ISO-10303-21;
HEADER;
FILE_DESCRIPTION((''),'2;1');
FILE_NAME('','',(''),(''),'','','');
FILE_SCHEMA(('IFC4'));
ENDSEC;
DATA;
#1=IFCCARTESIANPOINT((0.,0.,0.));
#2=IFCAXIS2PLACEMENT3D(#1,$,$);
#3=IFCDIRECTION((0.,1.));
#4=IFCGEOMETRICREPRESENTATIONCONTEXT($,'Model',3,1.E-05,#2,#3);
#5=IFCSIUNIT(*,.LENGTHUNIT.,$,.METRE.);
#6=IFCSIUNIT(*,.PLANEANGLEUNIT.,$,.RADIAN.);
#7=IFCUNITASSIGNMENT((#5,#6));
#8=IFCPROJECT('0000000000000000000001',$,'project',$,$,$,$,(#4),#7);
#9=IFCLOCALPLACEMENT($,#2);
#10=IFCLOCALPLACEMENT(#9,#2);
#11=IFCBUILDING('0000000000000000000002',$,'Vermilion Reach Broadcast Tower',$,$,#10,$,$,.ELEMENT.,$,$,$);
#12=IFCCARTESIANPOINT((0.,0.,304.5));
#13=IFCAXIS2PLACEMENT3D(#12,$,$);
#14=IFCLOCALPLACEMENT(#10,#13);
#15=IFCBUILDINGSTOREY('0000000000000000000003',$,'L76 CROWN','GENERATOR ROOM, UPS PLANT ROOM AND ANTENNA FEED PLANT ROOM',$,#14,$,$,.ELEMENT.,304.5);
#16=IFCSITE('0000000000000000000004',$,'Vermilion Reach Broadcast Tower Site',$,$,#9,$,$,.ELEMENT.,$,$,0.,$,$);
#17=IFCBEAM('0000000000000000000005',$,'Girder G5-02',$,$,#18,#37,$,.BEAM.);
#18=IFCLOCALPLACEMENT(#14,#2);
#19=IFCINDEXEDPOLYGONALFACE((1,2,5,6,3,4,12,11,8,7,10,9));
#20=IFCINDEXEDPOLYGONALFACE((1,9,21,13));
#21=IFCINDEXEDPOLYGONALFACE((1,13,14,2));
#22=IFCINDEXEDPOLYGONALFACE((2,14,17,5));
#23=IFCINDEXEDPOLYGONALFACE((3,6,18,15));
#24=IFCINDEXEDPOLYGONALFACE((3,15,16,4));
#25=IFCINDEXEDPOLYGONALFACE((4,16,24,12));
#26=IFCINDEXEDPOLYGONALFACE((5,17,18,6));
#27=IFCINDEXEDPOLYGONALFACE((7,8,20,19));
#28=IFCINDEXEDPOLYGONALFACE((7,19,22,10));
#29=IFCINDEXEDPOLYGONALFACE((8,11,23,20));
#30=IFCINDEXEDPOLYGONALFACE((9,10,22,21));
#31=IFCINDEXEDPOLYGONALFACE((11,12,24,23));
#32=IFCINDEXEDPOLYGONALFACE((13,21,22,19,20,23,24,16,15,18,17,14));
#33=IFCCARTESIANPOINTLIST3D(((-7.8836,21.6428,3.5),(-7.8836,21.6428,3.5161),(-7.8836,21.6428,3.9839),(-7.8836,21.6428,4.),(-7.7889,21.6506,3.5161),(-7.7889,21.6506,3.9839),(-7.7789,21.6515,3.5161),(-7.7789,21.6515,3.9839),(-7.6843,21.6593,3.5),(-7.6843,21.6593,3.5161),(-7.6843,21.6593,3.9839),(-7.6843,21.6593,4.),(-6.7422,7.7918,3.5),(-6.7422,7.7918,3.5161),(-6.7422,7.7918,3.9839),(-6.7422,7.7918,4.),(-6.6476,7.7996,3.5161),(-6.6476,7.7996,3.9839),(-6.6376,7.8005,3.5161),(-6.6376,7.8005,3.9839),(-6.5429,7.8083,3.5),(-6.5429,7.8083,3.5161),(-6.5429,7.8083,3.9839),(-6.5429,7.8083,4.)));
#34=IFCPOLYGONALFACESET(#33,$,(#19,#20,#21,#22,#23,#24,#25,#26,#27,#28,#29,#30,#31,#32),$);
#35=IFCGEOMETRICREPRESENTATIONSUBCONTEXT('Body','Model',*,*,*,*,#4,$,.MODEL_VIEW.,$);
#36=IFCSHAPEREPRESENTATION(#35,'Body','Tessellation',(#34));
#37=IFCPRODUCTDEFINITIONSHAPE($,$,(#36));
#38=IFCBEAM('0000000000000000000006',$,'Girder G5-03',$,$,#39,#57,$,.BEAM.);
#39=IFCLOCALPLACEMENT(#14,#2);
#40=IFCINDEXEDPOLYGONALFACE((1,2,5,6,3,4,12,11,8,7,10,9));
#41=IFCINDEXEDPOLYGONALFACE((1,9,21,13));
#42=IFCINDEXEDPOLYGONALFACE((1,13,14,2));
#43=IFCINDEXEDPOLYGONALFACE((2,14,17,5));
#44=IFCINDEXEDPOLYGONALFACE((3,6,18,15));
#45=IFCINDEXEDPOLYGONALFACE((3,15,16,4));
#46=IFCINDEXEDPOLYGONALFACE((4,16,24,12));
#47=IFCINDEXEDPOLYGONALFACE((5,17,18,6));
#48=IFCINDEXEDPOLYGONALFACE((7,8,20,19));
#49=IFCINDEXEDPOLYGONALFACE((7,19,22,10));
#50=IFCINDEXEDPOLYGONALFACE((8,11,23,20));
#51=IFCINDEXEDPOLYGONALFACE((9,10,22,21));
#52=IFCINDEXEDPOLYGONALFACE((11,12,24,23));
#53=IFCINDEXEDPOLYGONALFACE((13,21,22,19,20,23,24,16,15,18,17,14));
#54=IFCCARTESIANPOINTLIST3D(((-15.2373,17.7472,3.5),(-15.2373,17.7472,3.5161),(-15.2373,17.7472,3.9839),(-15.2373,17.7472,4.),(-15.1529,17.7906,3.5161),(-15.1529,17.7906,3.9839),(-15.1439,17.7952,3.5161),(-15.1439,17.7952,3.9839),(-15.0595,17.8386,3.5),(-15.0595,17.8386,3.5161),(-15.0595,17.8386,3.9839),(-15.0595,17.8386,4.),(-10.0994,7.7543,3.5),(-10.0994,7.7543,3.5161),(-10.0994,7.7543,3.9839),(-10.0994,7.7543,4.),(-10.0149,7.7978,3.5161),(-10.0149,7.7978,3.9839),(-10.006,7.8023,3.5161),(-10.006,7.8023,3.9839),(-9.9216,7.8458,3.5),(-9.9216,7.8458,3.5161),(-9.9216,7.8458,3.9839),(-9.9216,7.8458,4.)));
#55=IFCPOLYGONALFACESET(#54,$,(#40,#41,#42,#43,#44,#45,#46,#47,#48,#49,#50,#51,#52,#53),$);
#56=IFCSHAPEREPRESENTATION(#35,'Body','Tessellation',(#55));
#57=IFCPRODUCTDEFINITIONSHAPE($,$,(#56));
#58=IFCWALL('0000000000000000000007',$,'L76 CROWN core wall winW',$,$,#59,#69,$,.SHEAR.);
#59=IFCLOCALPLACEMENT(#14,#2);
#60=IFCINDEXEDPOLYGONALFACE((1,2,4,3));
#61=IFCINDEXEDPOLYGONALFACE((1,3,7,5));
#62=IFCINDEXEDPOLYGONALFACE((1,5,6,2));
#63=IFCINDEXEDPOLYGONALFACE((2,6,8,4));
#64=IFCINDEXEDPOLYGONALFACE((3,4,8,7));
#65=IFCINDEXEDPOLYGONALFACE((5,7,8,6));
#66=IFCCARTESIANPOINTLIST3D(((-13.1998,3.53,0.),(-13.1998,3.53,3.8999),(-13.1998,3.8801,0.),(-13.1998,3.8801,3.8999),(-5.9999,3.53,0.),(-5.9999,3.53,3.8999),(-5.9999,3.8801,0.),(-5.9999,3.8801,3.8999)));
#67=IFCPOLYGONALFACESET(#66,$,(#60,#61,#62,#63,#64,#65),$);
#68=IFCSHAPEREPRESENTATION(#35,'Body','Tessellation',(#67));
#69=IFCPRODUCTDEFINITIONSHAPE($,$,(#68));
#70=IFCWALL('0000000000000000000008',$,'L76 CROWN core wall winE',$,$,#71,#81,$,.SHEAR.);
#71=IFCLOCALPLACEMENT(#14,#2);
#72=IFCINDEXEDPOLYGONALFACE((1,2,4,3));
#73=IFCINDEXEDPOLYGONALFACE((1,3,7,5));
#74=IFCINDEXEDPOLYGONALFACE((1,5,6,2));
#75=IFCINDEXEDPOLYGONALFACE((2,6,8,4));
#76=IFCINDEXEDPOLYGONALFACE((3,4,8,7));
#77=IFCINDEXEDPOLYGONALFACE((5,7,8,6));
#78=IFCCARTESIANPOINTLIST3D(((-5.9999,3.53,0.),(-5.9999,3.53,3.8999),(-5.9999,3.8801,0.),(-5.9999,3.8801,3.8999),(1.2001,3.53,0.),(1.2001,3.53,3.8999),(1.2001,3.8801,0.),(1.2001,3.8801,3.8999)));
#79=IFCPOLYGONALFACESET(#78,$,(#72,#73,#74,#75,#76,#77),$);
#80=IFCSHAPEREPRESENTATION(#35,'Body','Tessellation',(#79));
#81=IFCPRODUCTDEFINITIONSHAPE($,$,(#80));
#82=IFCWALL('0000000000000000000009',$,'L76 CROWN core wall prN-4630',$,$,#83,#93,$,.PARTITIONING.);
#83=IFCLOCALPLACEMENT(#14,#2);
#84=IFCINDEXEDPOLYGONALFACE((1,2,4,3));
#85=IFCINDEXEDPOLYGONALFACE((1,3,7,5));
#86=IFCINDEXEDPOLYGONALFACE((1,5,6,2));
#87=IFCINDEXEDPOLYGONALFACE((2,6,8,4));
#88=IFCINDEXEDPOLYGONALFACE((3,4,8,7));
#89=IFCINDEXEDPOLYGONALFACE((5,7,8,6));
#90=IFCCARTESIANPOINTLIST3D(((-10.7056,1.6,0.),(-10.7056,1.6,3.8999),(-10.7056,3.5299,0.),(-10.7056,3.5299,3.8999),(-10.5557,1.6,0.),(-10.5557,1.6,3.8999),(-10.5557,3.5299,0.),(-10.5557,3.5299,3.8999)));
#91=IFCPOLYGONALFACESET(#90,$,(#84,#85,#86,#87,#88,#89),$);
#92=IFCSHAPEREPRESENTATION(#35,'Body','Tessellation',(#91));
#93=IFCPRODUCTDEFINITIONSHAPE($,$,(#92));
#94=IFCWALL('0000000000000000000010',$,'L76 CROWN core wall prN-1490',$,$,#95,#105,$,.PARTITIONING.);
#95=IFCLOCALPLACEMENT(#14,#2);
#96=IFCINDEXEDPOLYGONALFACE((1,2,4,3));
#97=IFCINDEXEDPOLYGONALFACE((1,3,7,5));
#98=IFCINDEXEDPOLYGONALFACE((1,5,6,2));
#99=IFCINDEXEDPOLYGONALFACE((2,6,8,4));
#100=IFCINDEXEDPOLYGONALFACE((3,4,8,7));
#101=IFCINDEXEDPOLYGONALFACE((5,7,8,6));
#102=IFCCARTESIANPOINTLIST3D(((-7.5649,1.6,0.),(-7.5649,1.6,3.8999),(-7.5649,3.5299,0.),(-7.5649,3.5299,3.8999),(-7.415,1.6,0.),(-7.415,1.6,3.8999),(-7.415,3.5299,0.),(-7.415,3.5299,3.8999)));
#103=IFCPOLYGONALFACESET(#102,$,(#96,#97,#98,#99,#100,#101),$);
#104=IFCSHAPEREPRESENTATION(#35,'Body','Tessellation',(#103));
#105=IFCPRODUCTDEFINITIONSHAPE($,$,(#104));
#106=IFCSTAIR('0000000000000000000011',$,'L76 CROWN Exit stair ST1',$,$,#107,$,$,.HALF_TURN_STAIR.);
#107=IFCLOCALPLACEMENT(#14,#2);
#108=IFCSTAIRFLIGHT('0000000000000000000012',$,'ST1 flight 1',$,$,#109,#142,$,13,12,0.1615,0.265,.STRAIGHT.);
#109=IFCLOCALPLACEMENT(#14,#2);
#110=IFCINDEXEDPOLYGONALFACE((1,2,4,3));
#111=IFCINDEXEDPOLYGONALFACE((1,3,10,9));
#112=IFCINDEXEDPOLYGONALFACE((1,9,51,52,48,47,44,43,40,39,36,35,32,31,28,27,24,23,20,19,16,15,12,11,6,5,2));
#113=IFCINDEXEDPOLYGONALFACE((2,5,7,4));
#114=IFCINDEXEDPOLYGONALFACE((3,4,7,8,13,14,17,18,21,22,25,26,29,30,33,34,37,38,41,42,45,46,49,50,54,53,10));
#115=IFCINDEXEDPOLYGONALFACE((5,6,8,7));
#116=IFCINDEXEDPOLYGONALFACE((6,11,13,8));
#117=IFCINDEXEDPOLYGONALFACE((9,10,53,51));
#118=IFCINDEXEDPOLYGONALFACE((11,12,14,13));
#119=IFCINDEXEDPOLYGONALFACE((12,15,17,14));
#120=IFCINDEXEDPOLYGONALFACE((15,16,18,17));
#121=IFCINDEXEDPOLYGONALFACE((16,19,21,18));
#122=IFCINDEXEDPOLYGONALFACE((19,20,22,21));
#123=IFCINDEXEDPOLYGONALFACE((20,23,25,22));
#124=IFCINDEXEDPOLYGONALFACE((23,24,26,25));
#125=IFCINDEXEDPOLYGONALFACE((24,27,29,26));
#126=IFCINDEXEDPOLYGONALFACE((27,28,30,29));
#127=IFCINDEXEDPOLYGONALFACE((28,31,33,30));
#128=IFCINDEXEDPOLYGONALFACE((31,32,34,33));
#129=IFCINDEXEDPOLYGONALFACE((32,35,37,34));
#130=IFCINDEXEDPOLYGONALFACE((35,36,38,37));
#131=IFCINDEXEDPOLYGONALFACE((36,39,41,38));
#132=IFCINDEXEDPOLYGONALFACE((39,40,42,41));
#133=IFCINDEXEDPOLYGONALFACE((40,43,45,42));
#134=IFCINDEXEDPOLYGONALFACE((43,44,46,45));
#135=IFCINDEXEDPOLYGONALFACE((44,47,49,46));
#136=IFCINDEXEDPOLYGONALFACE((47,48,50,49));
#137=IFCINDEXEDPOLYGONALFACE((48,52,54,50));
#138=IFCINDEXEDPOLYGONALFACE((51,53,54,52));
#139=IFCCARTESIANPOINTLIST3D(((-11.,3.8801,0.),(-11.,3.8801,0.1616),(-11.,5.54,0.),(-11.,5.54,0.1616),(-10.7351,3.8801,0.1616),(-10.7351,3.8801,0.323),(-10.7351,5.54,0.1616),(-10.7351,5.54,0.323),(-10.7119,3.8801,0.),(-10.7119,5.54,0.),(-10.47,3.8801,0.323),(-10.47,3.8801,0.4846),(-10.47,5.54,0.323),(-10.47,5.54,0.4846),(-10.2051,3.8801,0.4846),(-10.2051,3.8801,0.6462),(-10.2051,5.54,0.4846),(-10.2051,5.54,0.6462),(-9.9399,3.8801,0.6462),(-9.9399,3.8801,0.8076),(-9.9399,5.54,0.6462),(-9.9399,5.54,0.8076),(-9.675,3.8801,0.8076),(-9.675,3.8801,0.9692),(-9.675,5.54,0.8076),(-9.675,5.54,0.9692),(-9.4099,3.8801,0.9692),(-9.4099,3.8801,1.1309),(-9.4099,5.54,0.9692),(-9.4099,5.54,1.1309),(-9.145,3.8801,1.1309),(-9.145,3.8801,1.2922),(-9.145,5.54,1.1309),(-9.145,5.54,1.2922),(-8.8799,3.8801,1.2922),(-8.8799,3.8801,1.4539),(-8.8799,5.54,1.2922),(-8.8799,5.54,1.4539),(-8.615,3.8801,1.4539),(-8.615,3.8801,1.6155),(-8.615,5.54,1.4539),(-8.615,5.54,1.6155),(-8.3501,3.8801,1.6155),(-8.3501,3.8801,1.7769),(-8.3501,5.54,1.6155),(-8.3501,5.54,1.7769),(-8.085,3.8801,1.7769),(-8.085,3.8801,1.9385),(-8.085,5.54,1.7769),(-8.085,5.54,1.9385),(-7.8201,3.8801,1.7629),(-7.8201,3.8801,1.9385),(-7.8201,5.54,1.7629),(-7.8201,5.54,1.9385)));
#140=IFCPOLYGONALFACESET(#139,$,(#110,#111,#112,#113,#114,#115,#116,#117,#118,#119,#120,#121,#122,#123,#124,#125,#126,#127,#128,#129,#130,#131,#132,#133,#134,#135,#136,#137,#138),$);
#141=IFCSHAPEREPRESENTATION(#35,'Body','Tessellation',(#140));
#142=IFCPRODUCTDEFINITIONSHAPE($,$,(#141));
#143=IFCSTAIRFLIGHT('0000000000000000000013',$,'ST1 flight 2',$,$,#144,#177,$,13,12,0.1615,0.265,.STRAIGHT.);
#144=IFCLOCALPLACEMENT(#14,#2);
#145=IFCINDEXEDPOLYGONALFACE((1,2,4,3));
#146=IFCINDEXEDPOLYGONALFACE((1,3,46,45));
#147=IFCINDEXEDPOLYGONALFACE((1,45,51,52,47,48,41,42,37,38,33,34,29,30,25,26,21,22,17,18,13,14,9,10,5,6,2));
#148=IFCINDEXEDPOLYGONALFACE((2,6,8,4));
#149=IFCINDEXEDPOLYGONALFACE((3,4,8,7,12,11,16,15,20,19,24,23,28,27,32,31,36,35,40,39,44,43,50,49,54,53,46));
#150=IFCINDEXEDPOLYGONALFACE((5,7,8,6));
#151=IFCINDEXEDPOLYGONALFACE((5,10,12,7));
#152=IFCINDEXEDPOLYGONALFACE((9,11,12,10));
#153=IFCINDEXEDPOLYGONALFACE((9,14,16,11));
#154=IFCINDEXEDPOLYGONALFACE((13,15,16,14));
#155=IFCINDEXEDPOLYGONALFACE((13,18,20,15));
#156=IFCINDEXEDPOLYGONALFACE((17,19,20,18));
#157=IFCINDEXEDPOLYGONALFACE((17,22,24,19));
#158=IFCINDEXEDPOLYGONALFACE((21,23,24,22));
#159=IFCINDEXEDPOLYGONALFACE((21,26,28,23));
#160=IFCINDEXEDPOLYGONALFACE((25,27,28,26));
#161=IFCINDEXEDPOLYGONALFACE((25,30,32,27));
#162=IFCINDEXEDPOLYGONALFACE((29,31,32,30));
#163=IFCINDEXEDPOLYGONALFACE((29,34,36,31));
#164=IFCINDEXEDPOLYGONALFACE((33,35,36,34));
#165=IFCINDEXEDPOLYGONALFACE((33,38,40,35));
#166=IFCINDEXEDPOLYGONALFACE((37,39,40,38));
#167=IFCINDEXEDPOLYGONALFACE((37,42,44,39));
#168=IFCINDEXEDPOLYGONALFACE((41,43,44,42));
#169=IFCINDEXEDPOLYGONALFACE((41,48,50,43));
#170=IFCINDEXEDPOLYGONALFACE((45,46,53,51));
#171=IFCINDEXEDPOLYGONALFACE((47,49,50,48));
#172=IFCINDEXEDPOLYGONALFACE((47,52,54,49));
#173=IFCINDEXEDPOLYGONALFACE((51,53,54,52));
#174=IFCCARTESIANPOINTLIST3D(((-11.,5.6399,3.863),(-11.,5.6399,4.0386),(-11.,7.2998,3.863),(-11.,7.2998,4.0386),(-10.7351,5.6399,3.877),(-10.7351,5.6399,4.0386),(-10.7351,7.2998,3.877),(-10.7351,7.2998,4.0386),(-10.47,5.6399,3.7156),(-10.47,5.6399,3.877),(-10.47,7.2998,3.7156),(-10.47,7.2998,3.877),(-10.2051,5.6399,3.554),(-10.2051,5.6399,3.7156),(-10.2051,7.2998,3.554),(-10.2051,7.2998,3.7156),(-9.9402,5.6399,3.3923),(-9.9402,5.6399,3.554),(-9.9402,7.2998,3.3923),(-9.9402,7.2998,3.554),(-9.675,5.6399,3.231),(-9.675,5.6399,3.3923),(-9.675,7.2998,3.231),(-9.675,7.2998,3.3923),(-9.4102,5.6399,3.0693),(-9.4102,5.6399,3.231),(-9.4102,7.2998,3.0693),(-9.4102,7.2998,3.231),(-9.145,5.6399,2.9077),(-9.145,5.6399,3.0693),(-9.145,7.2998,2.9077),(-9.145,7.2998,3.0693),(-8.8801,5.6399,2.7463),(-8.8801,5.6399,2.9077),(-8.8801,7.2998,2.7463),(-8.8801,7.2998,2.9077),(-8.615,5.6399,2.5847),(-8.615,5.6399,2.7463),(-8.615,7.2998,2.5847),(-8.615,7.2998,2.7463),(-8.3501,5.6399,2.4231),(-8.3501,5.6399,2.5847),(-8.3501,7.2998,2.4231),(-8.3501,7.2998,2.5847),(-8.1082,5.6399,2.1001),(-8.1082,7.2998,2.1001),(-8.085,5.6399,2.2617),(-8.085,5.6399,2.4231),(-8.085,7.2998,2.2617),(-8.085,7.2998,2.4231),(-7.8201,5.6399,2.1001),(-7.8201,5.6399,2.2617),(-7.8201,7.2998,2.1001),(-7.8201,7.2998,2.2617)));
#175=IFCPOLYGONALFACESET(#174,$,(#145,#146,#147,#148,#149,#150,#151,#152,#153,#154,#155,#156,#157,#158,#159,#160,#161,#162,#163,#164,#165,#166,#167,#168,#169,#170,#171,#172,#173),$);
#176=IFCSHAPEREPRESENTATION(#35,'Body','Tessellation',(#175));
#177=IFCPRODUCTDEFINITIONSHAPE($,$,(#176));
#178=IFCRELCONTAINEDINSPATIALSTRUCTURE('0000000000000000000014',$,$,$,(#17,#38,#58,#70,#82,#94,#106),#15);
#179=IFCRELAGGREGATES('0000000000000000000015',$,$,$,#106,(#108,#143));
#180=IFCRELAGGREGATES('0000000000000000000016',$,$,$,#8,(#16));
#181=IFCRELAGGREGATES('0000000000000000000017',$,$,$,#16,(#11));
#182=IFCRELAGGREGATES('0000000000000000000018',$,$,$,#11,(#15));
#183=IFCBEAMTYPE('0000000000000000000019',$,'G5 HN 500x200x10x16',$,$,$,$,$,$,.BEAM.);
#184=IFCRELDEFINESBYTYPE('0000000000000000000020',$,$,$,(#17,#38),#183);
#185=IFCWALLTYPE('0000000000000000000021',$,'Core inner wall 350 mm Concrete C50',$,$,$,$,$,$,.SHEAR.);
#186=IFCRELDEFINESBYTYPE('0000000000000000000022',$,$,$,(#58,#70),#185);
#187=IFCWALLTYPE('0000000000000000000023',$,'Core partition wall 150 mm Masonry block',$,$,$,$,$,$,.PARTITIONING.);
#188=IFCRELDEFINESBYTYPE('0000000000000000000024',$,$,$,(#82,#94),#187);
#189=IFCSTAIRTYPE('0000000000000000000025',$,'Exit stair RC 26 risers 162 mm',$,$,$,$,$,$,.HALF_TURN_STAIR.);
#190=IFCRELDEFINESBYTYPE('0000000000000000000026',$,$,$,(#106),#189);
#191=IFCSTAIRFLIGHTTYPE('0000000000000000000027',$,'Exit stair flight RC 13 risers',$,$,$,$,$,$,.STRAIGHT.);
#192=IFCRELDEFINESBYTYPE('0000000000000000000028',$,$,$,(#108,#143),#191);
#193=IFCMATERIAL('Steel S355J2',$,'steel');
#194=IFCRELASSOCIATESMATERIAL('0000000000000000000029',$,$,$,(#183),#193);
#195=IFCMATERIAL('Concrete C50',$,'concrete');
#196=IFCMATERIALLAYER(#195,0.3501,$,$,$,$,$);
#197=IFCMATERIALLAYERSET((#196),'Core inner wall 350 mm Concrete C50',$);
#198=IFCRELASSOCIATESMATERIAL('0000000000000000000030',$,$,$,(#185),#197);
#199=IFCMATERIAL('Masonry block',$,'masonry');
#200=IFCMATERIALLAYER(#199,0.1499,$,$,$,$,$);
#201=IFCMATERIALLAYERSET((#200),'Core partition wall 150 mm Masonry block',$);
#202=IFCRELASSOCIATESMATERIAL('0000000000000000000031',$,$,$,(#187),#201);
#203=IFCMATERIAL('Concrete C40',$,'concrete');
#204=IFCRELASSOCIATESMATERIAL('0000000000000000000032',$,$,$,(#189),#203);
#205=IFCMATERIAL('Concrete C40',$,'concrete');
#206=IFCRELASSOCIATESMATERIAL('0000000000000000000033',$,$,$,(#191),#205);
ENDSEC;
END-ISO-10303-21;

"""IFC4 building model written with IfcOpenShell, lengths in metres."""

from ifc_helpers import new_model, si_unit, direction, frame, frame_2d, origin, origin_2d, place, context, subcontext, project, spatial, polyline, rectangle, i_section, outline, extrude, material, layer, layer_set, material_profile, profile_set, type_object, element, aggregate, save


model = new_model("IFC4")

# Units and contexts
model_context = context("Model", 3, precision=1e-05, world=origin(), true_north=direction((0.0, 1.0)))
body_context = subcontext(model_context, "Body", "Model", "MODEL_VIEW")
ifc_project = project(units=[si_unit("LENGTHUNIT", "METRE"), si_unit("PLANEANGLEUNIT", "RADIAN")], contexts=[model_context])

# Site, building, storey
site_placement = place(None, origin())
site = spatial("IfcSite", under=ifc_project, at=site_placement, Name="Vermilion Reach Broadcast Tower Site", CompositionType="ELEMENT", RefElevation=0.0)
building_placement = place(site_placement, origin())
building = spatial("IfcBuilding", under=site, at=building_placement, Name="Vermilion Reach Broadcast Tower", CompositionType="ELEMENT")
storey_placement = place(building_placement, frame((0.0, 0.0, 304.5)))
storey = spatial("IfcBuildingStorey", under=building, at=storey_placement, Name="L76 CROWN", Description="GENERATOR ROOM, UPS PLANT ROOM AND ANTENNA FEED PLANT ROOM", CompositionType="ELEMENT", Elevation=304.5)

# Beams
ifc_material_1 = material(Name="Steel S355J2", Category="steel")
ifc_material_profile = material_profile(ifc_material_1, i_section(OverallWidth=0.2, OverallDepth=0.5, WebThickness=0.01, FlangeThickness=0.0161, at=origin_2d()), Name="S355J2 HN 500x200x10x16")
ifc_profile_set = profile_set([ifc_material_profile], Name="Steel S355J2")
beam_type = type_object("IfcBeamType", Name="G5 HN 500x200x10x16", PredefinedType="BEAM", material=ifc_profile_set)
beam_1_placement = place(storey_placement, frame((-6.6426, 7.8, 3.75), z_axis=(-0.082124, 0.996622, 0.0), x_axis=(-0.996622, -0.082124, 0.0)))
element("IfcBeam", 1, at=beam_1_placement, inside=storey, type_object=beam_type, Name="Girder G5-02", PredefinedType="BEAM", context=body_context, shape_type="SweptSolid", body=[
    extrude(i_section(OverallWidth=0.2, OverallDepth=0.5, WebThickness=0.01, FlangeThickness=0.0161, at=origin_2d()), origin(), (0.0, 0.0, 1.0), 13.8979),
])
beam_2_placement = place(storey_placement, frame((-10.0105, 7.8, 3.75), z_axis=(-0.457258, 0.889334, 0.0), x_axis=(-0.889334, -0.457258, 0.0)))
element("IfcBeam", 2, at=beam_2_placement, inside=storey, type_object=beam_type, Name="Girder G5-03", PredefinedType="BEAM", context=body_context, shape_type="SweptSolid", body=[
    extrude(i_section(OverallWidth=0.2, OverallDepth=0.5, WebThickness=0.01, FlangeThickness=0.0161, at=origin_2d()), origin(), (0.0, 0.0, 1.0), 11.2363),
])

# Walls
ifc_material_2 = material(Name="Concrete C50", Category="concrete")
ifc_layer_1 = layer(ifc_material_2, 0.3501)
ifc_layer_set_1 = layer_set([ifc_layer_1], Name="Core inner wall 350 mm Concrete C50")
wall_type_1 = type_object("IfcWallType", Name="Core inner wall 350 mm Concrete C50", PredefinedType="SHEAR", material=ifc_layer_set_1)
for number, where, z_axis, x_axis, name in (
    (3, (-13.2, 3.7051, 0.0), (0.0, 0.0, 1.0), (1.0, 0.0, 0.0), "L76 CROWN core wall winW"),
    (4, (-6.0, 3.7051, 0.0), (0.0, 0.0, 1.0), (1.0, 0.0, 0.0), "L76 CROWN core wall winE"),
):
    element("IfcWall", number, at=place(storey_placement, frame(where, z_axis=z_axis, x_axis=x_axis)), inside=storey, type_object=wall_type_1, Name=name, PredefinedType="SHEAR", context=body_context, shape_type="SweptSolid", body=[
        extrude(rectangle(XDim=7.2, YDim=0.3501, at=frame_2d((3.6001, 0.0))), origin(), (0.0, 0.0, 1.0), 3.8999),
    ])
ifc_material_3 = material(Name="Masonry block", Category="masonry")
ifc_layer_2 = layer(ifc_material_3, 0.1499)
ifc_layer_set_2 = layer_set([ifc_layer_2], Name="Core partition wall 150 mm Masonry block")
wall_type_2 = type_object("IfcWallType", Name="Core partition wall 150 mm Masonry block", PredefinedType="PARTITIONING", material=ifc_layer_set_2)
for number, where, z_axis, x_axis, name in (
    (5, (-10.6306, 1.6001, 0.0), (0.0, 0.0, 1.0), (0.0, 1.0, 0.0), "L76 CROWN core wall prN-4630"),
    (6, (-7.49, 1.6001, 0.0), (0.0, 0.0, 1.0), (0.0, 1.0, 0.0), "L76 CROWN core wall prN-1490"),
):
    element("IfcWall", number, at=place(storey_placement, frame(where, z_axis=z_axis, x_axis=x_axis)), inside=storey, type_object=wall_type_2, Name=name, PredefinedType="PARTITIONING", context=body_context, shape_type="SweptSolid", body=[
        extrude(rectangle(XDim=1.9299, YDim=0.1499, at=frame_2d((0.9648, 0.0))), origin(), (0.0, 0.0, 1.0), 3.8999),
    ])

# Stair, stair flights
ifc_material_4 = material(Name="Concrete C40", Category="concrete")
stair_type = type_object("IfcStairType", Name="Exit stair RC 26 risers 162 mm", PredefinedType="HALF_TURN_STAIR", material=ifc_material_4)
stair_placement = place(storey_placement, origin())
stair = element("IfcStair", 7, at=stair_placement, inside=storey, type_object=stair_type, Name="L76 CROWN Exit stair ST1", PredefinedType="HALF_TURN_STAIR")
ifc_material_5 = material(Name="Concrete C40", Category="concrete")
stair_flight_type = type_object("IfcStairFlightType", Name="Exit stair flight RC 13 risers", PredefinedType="STRAIGHT", material=ifc_material_5)
stair_flight_1_placement = place(storey_placement, frame((-11.0, 4.71, 0.0), z_axis=(0.0, 0.0, 1.0), x_axis=(1.0, 0.0, 0.0)))
stair_flight_1 = element("IfcStairFlight", 8, at=stair_flight_1_placement, type_object=stair_flight_type, Name="ST1 flight 1", NumberOfRisers=13, NumberOfTreads=12, PredefinedType="STRAIGHT", RiserHeight=0.1615, TreadLength=0.265, context=body_context, shape_type="SweptSolid", body=[
    extrude(outline(polyline([(0.0, 0.0), (0.0, 0.1616), (0.2649, 0.1616), (0.2649, 0.323), (0.53, 0.323), (0.53, 0.4846), (0.7949, 0.4846), (0.7949, 0.6462), (1.0601, 0.6462), (1.0601, 0.8076), (1.325, 0.8076), (1.325, 0.9692), (1.5901, 0.9692), (1.5901, 1.1309), (1.855, 1.1309), (1.855, 1.2922), (2.1201, 1.2922), (2.1201, 1.4539), (2.385, 1.4539), (2.385, 1.6155), (2.6499, 1.6155), (2.6499, 1.7769), (2.915, 1.7769), (2.915, 1.9385), (3.1799, 1.9385), (3.1799, 2.1001), (3.1799, 1.7629), (0.2881, 0.0), (0.0, 0.0)])), frame((0.0, 0.8301, 0.0), z_axis=(0.0, -1.0, 0.0), x_axis=(1.0, 0.0, 0.0)), (0.0, 0.0, 1.0), 1.6599),
])
stair_flight_2_placement = place(storey_placement, frame((-7.8201, 6.47, 2.1001), z_axis=(0.0, 0.0, 1.0), x_axis=(-1.0, 0.0, 0.0)))
stair_flight_2 = element("IfcStairFlight", 9, at=stair_flight_2_placement, type_object=stair_flight_type, Name="ST1 flight 2", NumberOfRisers=13, NumberOfTreads=12, PredefinedType="STRAIGHT", RiserHeight=0.1615, TreadLength=0.265, context=body_context, shape_type="SweptSolid", body=[
    extrude(outline(polyline([(0.0, 0.0), (0.0, 0.1616), (0.2649, 0.1616), (0.2649, 0.323), (0.53, 0.323), (0.53, 0.4846), (0.7949, 0.4846), (0.7949, 0.6462), (1.0601, 0.6462), (1.0601, 0.8076), (1.325, 0.8076), (1.325, 0.9692), (1.5901, 0.9692), (1.5901, 1.1309), (1.855, 1.1309), (1.855, 1.2922), (2.1201, 1.2922), (2.1201, 1.4539), (2.385, 1.4539), (2.385, 1.6155), (2.6499, 1.6155), (2.6499, 1.7769), (2.915, 1.7769), (2.915, 1.9385), (3.1799, 1.9385), (3.1799, 2.1001), (3.1799, 1.7629), (0.2881, 0.0), (0.0, 0.0)])), frame((0.0, 0.8301, 0.0), z_axis=(0.0, -1.0, 0.0), x_axis=(1.0, 0.0, 0.0)), (0.0, 0.0, 1.0), 1.6599),
])
aggregate(stair, [stair_flight_1, stair_flight_2])

save(model, "model.ifc")
